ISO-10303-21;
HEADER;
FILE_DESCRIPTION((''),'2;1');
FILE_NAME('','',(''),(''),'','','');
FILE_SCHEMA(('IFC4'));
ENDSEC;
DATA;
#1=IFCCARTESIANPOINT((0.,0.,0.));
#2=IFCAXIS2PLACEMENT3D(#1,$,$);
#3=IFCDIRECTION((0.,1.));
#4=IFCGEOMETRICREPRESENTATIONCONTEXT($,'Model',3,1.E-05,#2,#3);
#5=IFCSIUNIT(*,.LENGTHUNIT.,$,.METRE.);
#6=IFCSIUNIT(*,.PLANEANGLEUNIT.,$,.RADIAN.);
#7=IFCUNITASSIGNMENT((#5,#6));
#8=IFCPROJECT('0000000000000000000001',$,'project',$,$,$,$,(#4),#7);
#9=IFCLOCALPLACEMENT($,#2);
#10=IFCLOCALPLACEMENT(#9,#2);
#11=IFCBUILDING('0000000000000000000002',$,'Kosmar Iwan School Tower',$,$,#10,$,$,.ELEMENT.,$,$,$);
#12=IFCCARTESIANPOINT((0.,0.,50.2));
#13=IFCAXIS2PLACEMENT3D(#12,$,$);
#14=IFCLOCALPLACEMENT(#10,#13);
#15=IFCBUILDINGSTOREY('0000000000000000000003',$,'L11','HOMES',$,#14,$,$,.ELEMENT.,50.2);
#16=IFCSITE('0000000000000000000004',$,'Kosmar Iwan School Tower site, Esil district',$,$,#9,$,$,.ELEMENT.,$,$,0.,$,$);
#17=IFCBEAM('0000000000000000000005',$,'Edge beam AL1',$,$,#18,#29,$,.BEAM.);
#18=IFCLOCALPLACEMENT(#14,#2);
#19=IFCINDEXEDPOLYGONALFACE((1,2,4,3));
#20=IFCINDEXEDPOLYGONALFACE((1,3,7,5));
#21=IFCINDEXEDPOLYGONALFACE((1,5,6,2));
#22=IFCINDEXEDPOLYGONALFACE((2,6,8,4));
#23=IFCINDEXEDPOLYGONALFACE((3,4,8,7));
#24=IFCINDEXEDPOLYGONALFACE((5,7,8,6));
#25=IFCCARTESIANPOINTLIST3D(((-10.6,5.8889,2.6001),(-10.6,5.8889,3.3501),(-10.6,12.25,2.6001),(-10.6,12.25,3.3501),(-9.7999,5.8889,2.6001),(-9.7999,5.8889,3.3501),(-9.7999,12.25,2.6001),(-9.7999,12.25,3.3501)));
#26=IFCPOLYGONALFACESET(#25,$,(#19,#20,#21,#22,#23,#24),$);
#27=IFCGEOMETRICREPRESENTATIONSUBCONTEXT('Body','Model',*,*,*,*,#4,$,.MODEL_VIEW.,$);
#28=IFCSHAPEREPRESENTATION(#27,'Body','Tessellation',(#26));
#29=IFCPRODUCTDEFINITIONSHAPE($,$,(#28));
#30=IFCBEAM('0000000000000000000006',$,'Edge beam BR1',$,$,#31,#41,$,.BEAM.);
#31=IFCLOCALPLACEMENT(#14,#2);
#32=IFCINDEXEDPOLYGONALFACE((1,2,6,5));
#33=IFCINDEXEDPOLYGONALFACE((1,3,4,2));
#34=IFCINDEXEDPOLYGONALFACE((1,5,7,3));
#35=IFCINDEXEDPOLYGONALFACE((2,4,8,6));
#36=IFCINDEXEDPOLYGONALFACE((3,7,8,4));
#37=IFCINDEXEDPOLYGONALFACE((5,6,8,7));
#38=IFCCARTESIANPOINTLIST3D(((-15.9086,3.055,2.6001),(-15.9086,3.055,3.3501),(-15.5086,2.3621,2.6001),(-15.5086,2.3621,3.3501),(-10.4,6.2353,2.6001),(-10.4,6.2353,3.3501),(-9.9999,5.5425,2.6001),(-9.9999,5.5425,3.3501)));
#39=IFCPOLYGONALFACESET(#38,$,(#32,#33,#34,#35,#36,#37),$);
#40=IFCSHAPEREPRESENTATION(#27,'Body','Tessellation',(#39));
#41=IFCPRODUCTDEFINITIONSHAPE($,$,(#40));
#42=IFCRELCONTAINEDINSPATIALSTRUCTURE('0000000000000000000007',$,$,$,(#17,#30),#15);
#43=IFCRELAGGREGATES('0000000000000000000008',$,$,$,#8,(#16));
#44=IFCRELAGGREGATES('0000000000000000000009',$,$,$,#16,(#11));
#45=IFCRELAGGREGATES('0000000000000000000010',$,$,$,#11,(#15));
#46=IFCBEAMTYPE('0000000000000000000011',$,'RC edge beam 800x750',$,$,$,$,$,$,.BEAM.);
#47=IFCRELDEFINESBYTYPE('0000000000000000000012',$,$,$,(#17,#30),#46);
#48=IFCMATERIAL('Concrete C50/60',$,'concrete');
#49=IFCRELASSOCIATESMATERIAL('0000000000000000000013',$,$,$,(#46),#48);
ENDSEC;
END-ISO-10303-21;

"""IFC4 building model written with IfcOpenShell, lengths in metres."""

from ifc_helpers import new_model, si_unit, direction, frame, origin, origin_2d, place, context, subcontext, project, spatial, rectangle, extrude, material, material_profile, profile_set, type_object, element, save


model = new_model("IFC4")

# Units and contexts
model_context = context("Model", 3, precision=1e-05, world=origin(), true_north=direction((0.0, 1.0)))
body_context = subcontext(model_context, "Body", "Model", "MODEL_VIEW")
ifc_project = project(units=[si_unit("LENGTHUNIT", "METRE"), si_unit("PLANEANGLEUNIT", "RADIAN")], contexts=[model_context])

# Site, building, storey
site_placement = place(None, origin())
site = spatial("IfcSite", under=ifc_project, at=site_placement, Name="Kosmar Iwan School Tower site, Esil district", CompositionType="ELEMENT", RefElevation=0.0)
building_placement = place(site_placement, origin())
building = spatial("IfcBuilding", under=site, at=building_placement, Name="Kosmar Iwan School Tower", CompositionType="ELEMENT")
storey_placement = place(building_placement, frame((0.0, 0.0, 50.2)))
storey = spatial("IfcBuildingStorey", under=building, at=storey_placement, Name="L11", Description="HOMES", CompositionType="ELEMENT", Elevation=50.2)

# Beams
ifc_material_1 = material(Name="Concrete C50/60", Category="concrete")
ifc_material_profile = material_profile(ifc_material_1, rectangle(XDim=0.8, YDim=0.75, at=origin_2d()), Name="RC 800x750")
ifc_profile_set = profile_set([ifc_material_profile], Name="Concrete C50/60")
beam_type = type_object("IfcBeamType", Name="RC edge beam 800x750", PredefinedType="BEAM", material=ifc_profile_set)
beam_1_placement = place(storey_placement, frame((-10.2, 5.8889, 2.9751), z_axis=(0.0, 1.0, 0.0), x_axis=(-1.0, 0.0, 0.0)))
element("IfcBeam", 1, at=beam_1_placement, inside=storey, type_object=beam_type, Name="Edge beam AL1", PredefinedType="BEAM", context=body_context, shape_type="SweptSolid", body=[
    extrude(rectangle(XDim=0.8, YDim=0.75, at=origin_2d()), origin(), (0.0, 0.0, 1.0), 6.3611),
])
beam_2_placement = place(storey_placement, frame((-10.2, 5.8889, 2.9751), z_axis=(-0.866031, -0.49999, 0.0), x_axis=(0.49999, -0.866031, 0.0)))
element("IfcBeam", 2, at=beam_2_placement, inside=storey, type_object=beam_type, Name="Edge beam BR1", PredefinedType="BEAM", context=body_context, shape_type="SweptSolid", body=[
    extrude(rectangle(XDim=0.8, YDim=0.75, at=origin_2d()), origin(), (0.0, 0.0, 1.0), 6.3608),
])

save(model, "model.ifc")
